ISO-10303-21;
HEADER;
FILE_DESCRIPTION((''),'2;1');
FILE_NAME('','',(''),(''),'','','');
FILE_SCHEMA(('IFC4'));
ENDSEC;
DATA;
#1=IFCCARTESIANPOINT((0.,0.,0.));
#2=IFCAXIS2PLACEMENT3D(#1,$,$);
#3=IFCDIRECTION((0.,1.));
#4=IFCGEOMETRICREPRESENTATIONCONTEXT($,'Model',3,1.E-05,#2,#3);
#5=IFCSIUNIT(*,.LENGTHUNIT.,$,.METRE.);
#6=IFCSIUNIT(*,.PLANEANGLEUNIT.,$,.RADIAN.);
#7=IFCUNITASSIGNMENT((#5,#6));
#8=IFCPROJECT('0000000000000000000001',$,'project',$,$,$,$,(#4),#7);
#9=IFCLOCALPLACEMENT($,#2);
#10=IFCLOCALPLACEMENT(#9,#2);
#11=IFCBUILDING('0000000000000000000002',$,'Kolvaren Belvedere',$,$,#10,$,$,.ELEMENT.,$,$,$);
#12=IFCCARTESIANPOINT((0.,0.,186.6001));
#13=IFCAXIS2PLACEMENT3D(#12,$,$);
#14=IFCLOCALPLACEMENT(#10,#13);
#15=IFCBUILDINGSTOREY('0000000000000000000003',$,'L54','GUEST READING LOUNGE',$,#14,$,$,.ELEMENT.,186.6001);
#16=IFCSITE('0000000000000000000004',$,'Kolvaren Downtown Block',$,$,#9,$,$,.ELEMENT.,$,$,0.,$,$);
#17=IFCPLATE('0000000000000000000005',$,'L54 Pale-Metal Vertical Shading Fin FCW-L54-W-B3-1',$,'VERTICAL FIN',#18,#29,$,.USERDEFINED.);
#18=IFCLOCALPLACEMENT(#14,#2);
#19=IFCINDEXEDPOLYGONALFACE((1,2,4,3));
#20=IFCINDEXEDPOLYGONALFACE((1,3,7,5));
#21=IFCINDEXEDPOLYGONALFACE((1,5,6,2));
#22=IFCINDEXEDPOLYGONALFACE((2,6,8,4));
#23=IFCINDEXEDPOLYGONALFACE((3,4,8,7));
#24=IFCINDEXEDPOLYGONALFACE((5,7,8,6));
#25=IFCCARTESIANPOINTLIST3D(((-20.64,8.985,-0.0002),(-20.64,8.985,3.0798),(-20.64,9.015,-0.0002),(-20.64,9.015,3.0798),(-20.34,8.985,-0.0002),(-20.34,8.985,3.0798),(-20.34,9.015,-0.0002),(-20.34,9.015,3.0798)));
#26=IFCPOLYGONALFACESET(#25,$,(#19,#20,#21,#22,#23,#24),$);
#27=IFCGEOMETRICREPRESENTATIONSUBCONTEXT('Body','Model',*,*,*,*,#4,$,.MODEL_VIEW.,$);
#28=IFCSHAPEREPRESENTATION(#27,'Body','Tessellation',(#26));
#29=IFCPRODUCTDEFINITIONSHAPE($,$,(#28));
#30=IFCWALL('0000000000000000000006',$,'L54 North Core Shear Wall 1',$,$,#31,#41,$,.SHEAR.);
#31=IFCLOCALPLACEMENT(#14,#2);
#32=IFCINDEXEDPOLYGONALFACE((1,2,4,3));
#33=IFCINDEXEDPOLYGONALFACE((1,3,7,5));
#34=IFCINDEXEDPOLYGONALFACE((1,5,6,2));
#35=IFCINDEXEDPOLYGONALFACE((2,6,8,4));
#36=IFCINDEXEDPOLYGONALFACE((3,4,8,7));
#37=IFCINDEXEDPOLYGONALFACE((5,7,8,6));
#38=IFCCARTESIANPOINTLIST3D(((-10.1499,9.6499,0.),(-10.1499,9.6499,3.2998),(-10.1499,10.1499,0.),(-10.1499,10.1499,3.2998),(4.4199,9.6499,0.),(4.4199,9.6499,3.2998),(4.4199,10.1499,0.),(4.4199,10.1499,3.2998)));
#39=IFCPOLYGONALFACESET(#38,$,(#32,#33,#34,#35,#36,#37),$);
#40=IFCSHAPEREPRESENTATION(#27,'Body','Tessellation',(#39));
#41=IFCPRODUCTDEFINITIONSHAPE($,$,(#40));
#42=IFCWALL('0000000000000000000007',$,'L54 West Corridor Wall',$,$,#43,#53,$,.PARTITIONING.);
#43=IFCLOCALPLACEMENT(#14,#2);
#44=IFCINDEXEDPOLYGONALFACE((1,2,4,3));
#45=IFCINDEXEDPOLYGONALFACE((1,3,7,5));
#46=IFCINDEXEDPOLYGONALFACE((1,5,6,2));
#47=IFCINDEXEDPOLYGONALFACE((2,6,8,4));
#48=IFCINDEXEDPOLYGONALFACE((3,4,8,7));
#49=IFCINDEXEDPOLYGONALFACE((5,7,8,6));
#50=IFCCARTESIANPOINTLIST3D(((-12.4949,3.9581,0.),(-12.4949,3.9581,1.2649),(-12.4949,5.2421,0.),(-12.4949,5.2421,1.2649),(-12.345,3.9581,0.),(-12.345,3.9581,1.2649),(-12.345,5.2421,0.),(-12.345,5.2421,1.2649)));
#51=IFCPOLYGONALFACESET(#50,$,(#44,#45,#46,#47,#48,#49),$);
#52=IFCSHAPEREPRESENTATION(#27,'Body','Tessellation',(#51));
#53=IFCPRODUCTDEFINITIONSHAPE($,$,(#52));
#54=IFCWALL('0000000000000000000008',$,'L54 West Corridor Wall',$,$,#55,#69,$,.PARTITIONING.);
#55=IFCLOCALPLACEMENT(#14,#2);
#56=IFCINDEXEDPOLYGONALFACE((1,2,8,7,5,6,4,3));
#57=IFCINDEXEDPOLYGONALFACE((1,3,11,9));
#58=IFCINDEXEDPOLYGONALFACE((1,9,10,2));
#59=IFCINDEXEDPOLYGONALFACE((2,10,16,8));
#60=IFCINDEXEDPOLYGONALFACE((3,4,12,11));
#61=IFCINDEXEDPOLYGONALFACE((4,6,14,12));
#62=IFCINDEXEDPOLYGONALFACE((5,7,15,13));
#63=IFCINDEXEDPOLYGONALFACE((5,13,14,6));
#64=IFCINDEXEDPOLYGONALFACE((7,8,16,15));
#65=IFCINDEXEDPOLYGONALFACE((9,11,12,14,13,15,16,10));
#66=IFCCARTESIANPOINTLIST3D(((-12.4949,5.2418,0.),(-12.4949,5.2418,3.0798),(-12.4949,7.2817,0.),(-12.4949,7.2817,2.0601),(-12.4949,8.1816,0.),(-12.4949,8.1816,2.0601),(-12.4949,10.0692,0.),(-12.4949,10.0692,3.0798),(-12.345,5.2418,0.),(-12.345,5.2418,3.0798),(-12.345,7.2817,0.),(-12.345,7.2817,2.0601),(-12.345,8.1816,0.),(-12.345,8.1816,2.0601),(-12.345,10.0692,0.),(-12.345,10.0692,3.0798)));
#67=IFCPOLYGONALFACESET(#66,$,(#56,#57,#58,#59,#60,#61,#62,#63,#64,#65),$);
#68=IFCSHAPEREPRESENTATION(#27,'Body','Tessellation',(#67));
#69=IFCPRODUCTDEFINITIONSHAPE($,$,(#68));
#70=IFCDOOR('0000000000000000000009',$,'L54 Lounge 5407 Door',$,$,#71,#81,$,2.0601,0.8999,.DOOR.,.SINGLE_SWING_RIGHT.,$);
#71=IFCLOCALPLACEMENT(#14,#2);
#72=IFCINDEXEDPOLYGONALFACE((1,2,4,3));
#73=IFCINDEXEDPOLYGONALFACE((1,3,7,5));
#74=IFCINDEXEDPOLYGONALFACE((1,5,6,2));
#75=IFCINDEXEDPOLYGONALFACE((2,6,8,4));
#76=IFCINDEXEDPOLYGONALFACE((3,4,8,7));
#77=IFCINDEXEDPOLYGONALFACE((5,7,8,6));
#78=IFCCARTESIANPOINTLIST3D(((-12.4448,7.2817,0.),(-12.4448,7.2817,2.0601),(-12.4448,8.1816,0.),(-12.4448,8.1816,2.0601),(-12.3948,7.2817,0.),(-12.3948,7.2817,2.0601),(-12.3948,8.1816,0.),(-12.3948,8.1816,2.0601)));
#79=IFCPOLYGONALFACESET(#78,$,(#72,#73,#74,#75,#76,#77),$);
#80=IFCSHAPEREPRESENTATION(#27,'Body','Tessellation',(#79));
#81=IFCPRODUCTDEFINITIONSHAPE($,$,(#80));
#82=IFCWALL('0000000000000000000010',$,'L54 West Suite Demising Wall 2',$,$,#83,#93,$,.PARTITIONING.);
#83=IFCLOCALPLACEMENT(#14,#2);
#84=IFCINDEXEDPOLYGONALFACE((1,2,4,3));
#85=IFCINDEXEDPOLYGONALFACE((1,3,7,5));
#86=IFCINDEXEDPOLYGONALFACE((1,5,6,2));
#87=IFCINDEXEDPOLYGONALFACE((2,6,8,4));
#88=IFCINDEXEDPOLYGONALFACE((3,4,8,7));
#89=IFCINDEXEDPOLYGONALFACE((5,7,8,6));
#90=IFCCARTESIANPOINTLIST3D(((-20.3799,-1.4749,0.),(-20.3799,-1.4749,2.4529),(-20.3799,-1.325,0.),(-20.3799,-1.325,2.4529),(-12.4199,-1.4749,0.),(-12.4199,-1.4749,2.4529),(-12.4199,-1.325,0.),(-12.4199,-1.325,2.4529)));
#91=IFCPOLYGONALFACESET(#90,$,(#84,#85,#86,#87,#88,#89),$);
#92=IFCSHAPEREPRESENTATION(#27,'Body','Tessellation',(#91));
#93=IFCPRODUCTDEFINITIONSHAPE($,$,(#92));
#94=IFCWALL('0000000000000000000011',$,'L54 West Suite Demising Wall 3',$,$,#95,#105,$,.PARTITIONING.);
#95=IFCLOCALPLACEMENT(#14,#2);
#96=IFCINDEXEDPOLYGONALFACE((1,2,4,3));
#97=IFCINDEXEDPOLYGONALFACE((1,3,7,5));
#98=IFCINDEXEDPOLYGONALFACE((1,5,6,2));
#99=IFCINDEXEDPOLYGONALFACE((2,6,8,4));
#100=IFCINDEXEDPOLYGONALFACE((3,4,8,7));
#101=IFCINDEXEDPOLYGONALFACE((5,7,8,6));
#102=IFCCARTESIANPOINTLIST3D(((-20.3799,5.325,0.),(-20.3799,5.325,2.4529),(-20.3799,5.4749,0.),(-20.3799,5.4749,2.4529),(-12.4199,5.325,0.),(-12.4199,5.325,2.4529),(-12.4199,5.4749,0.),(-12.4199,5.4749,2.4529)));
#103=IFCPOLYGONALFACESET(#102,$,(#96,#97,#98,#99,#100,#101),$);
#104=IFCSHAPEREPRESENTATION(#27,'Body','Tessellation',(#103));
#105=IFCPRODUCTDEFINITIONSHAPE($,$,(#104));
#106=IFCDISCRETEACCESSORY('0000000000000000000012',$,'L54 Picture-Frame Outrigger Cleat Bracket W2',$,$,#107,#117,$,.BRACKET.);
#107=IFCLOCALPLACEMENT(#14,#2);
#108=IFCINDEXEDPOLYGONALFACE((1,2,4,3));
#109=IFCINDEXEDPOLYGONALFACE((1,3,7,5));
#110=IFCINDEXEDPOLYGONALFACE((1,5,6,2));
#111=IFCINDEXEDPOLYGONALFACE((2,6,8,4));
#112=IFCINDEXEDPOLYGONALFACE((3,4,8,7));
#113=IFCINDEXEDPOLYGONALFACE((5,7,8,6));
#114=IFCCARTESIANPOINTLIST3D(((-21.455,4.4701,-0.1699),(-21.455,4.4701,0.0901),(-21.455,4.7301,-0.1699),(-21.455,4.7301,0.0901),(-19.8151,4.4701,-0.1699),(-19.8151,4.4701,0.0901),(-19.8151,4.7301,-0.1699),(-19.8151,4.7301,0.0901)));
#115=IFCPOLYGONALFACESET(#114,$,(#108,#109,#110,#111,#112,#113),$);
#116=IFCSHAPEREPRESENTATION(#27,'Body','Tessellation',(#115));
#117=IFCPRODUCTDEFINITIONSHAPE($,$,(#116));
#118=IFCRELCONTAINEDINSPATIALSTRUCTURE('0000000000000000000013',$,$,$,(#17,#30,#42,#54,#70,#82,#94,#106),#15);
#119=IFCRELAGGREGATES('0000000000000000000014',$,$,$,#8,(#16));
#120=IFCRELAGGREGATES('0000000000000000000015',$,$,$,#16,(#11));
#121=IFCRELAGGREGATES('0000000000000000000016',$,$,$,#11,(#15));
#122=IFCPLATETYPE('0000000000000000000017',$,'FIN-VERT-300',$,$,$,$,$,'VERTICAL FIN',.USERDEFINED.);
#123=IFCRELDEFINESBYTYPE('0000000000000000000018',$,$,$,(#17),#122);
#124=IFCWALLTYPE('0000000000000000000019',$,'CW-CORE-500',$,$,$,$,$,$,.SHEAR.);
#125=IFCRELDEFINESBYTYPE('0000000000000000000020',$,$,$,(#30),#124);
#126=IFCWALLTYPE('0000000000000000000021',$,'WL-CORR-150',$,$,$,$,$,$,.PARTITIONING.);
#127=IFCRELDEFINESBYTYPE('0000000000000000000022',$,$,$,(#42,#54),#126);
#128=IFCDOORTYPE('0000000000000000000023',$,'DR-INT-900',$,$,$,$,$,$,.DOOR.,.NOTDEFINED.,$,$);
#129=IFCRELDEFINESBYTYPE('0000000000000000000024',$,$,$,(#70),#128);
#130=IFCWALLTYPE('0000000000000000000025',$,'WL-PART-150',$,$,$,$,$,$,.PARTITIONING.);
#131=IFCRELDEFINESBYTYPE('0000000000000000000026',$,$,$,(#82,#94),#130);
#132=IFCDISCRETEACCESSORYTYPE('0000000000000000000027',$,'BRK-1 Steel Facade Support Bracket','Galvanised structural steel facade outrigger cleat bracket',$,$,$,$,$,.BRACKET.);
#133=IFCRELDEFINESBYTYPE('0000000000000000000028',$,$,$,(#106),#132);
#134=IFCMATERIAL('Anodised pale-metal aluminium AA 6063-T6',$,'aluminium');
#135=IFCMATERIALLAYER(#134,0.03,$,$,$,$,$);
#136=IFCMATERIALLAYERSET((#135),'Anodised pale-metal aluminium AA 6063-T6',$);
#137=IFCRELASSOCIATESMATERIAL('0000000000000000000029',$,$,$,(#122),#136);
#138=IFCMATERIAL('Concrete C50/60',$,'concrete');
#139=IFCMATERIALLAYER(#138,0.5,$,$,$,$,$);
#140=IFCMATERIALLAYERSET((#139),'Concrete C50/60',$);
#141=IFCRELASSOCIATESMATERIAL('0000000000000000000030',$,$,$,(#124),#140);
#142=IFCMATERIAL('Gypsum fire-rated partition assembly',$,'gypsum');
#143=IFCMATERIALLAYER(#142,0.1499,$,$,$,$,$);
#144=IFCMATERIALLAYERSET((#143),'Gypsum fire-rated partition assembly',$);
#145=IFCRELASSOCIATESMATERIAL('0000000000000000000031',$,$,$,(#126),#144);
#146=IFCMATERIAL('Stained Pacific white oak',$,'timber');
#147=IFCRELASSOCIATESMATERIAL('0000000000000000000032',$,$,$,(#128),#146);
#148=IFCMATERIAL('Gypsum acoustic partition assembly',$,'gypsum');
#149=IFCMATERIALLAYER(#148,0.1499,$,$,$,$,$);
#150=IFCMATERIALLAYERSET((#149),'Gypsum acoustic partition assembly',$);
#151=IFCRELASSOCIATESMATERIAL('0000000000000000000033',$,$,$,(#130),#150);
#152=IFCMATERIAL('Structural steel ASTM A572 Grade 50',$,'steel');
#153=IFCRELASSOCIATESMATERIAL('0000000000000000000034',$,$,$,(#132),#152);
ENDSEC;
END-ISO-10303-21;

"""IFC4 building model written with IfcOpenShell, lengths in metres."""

from ifc_helpers import new_model, si_unit, direction, frame, frame_2d, origin, origin_2d, place, context, subcontext, project, spatial, rectangle, extrude, material, layer, layer_set, type_object, element, fill, save


model = new_model("IFC4")

# Units and contexts
model_context = context("Model", 3, precision=1e-05, world=origin(), true_north=direction((0.0, 1.0)))
body_context = subcontext(model_context, "Body", "Model", "MODEL_VIEW")
ifc_project = project(units=[si_unit("LENGTHUNIT", "METRE"), si_unit("PLANEANGLEUNIT", "RADIAN")], contexts=[model_context])

# Site, building, storey
site_placement = place(None, origin())
site = spatial("IfcSite", under=ifc_project, at=site_placement, Name="Kolvaren Downtown Block", CompositionType="ELEMENT", RefElevation=0.0)
building_placement = place(site_placement, origin())
building = spatial("IfcBuilding", under=site, at=building_placement, Name="Kolvaren Belvedere", CompositionType="ELEMENT")
storey_placement = place(building_placement, frame((0.0, 0.0, 186.6001)))
storey = spatial("IfcBuildingStorey", under=building, at=storey_placement, Name="L54", Description="GUEST READING LOUNGE", CompositionType="ELEMENT", Elevation=186.6001)

# Plate
ifc_material_1 = material(Name="Anodised pale-metal aluminium AA 6063-T6", Category="aluminium")
ifc_layer_1 = layer(ifc_material_1, 0.03)
ifc_layer_set_1 = layer_set([ifc_layer_1], Name="Anodised pale-metal aluminium AA 6063-T6")
plate_type_1 = type_object("IfcPlateType", Name="FIN-VERT-300", ElementType="VERTICAL FIN", PredefinedType="USERDEFINED", material=ifc_layer_set_1)
for number, where, z_axis, x_axis, name in (
    (1, (-20.49, 9.0, -0.0002), (0.0, 0.0, 1.0), (1.0, 0.0, 0.0), "L54 Pale-Metal Vertical Shading Fin FCW-L54-W-B3-1"),
):
    element("IfcPlate", number, at=place(storey_placement, frame(where, z_axis=z_axis, x_axis=x_axis)), inside=storey, type_object=plate_type_1, Name=name, ObjectType="VERTICAL FIN", PredefinedType="USERDEFINED", context=body_context, shape_type="SweptSolid", body=[
        extrude(rectangle(XDim=0.3, YDim=0.03, at=origin_2d()), origin(), (0.0, 0.0, 1.0), 3.0801),
    ])

# Walls
ifc_material_2 = material(Name="Concrete C50/60", Category="concrete")
ifc_layer_2 = layer(ifc_material_2, 0.5)
ifc_layer_set_2 = layer_set([ifc_layer_2], Name="Concrete C50/60")
wall_type_1 = type_object("IfcWallType", Name="CW-CORE-500", PredefinedType="SHEAR", material=ifc_layer_set_2)
wall_1_placement = place(storey_placement, frame((-10.1499, 9.8999, 0.0), z_axis=(0.0, 0.0, 1.0), x_axis=(1.0, 0.0, 0.0)))
element("IfcWall", 2, at=wall_1_placement, inside=storey, type_object=wall_type_1, Name="L54 North Core Shear Wall 1", PredefinedType="SHEAR", context=body_context, shape_type="SweptSolid", body=[
    extrude(rectangle(XDim=14.5698, YDim=0.5, at=frame_2d((7.2849, 0.0))), origin(), (0.0, 0.0, 1.0), 3.2998),
])
ifc_material_3 = material(Name="Gypsum fire-rated partition assembly", Category="gypsum")
ifc_layer_3 = layer(ifc_material_3, 0.1499)
ifc_layer_set_3 = layer_set([ifc_layer_3], Name="Gypsum fire-rated partition assembly")
wall_type_2 = type_object("IfcWallType", Name="WL-CORR-150", PredefinedType="PARTITIONING", material=ifc_layer_set_3)
wall_2_placement = place(storey_placement, frame((-12.4199, 3.958, 0.0), z_axis=(0.0, 0.0, 1.0), x_axis=(0.0, 1.0, 0.0)))
element("IfcWall", 3, at=wall_2_placement, inside=storey, type_object=wall_type_2, Name="L54 West Corridor Wall", PredefinedType="PARTITIONING", context=body_context, shape_type="SweptSolid", body=[
    extrude(rectangle(XDim=1.2839, YDim=0.1499, at=frame_2d((0.6421, 0.0))), origin(), (0.0, 0.0, 1.0), 1.2649),
])

# Wall, opening, door
wall_3_placement = place(storey_placement, frame((-12.4199, 5.2419, 0.0), z_axis=(0.0, 0.0, 1.0), x_axis=(0.0, 1.0, 0.0)))
wall_3 = element("IfcWall", 4, at=wall_3_placement, inside=storey, type_object=wall_type_2, Name="L54 West Corridor Wall", PredefinedType="PARTITIONING", context=body_context, shape_type="SweptSolid", body=[
    extrude(rectangle(XDim=4.8274, YDim=0.1499, at=frame_2d((2.4136, 0.0))), origin(), (0.0, 0.0, 1.0), 3.0798),
])
opening_placement = place(wall_3_placement, frame((2.0398, 0.0, 0.0)))
opening = element("IfcOpeningElement", 5, at=opening_placement, cuts=wall_3, PredefinedType="OPENING", context=body_context, shape_type="SweptSolid", body=[
    extrude(rectangle(XDim=0.8999, YDim=2.0601, at=frame_2d((0.45, 1.03))), frame((0.0, 0.085, 0.0), z_axis=(0.0, -1.0, 0.0), x_axis=(1.0, 0.0, 0.0)), (0.0, 0.0, 1.0), 0.1699),
])
ifc_material_4 = material(Name="Stained Pacific white oak", Category="timber")
door_type = type_object("IfcDoorType", Name="DR-INT-900", OperationType="NOTDEFINED", PredefinedType="DOOR", material=ifc_material_4)
door_placement = place(opening_placement, origin())
door = element("IfcDoor", 6, at=door_placement, inside=storey, type_object=door_type, Name="L54 Lounge 5407 Door", OperationType="SINGLE_SWING_RIGHT", OverallHeight=2.0601, OverallWidth=0.8999, PredefinedType="DOOR", context=body_context, shape_type="SweptSolid", body=[
    extrude(rectangle(XDim=0.8999, YDim=2.0601, at=frame_2d((0.45, 1.03))), frame((0.0, 0.0249, 0.0), z_axis=(0.0, -1.0, 0.0), x_axis=(1.0, 0.0, 0.0)), (0.0, 0.0, 1.0), 0.05),
])
fill(opening, door)

# Walls
ifc_material_5 = material(Name="Gypsum acoustic partition assembly", Category="gypsum")
ifc_layer_4 = layer(ifc_material_5, 0.1499)
ifc_layer_set_4 = layer_set([ifc_layer_4], Name="Gypsum acoustic partition assembly")
wall_type_3 = type_object("IfcWallType", Name="WL-PART-150", PredefinedType="PARTITIONING", material=ifc_layer_set_4)
for number, where, z_axis, x_axis, name in (
    (7, (-20.3799, -1.3999, 0.0), (0.0, 0.0, 1.0), (1.0, 0.0, 0.0), "L54 West Suite Demising Wall 2"),
    (8, (-20.3799, 5.3999, 0.0), (0.0, 0.0, 1.0), (1.0, 0.0, 0.0), "L54 West Suite Demising Wall 3"),
):
    element("IfcWall", number, at=place(storey_placement, frame(where, z_axis=z_axis, x_axis=x_axis)), inside=storey, type_object=wall_type_3, Name=name, PredefinedType="PARTITIONING", context=body_context, shape_type="SweptSolid", body=[
        extrude(rectangle(XDim=7.96, YDim=0.1499, at=frame_2d((3.98, 0.0))), origin(), (0.0, 0.0, 1.0), 2.4529),
    ])

# Discrete accessory
ifc_material_6 = material(Name="Structural steel ASTM A572 Grade 50", Category="steel")
discrete_accessory_type = type_object("IfcDiscreteAccessoryType", Name="BRK-1 Steel Facade Support Bracket", Description="Galvanised structural steel facade outrigger cleat bracket", PredefinedType="BRACKET", material=ifc_material_6)
discrete_accessory_placement = place(storey_placement, frame((-20.635, 4.6001, -0.1699), z_axis=(0.0, 0.0, 1.0), x_axis=(1.0, 0.0, 0.0)))
element("IfcDiscreteAccessory", 9, at=discrete_accessory_placement, inside=storey, type_object=discrete_accessory_type, Name="L54 Picture-Frame Outrigger Cleat Bracket W2", PredefinedType="BRACKET", context=body_context, shape_type="SweptSolid", body=[
    extrude(rectangle(XDim=1.6399, YDim=0.26, at=origin_2d()), origin(), (0.0, 0.0, 1.0), 0.26),
])

save(model, "model.ifc")
